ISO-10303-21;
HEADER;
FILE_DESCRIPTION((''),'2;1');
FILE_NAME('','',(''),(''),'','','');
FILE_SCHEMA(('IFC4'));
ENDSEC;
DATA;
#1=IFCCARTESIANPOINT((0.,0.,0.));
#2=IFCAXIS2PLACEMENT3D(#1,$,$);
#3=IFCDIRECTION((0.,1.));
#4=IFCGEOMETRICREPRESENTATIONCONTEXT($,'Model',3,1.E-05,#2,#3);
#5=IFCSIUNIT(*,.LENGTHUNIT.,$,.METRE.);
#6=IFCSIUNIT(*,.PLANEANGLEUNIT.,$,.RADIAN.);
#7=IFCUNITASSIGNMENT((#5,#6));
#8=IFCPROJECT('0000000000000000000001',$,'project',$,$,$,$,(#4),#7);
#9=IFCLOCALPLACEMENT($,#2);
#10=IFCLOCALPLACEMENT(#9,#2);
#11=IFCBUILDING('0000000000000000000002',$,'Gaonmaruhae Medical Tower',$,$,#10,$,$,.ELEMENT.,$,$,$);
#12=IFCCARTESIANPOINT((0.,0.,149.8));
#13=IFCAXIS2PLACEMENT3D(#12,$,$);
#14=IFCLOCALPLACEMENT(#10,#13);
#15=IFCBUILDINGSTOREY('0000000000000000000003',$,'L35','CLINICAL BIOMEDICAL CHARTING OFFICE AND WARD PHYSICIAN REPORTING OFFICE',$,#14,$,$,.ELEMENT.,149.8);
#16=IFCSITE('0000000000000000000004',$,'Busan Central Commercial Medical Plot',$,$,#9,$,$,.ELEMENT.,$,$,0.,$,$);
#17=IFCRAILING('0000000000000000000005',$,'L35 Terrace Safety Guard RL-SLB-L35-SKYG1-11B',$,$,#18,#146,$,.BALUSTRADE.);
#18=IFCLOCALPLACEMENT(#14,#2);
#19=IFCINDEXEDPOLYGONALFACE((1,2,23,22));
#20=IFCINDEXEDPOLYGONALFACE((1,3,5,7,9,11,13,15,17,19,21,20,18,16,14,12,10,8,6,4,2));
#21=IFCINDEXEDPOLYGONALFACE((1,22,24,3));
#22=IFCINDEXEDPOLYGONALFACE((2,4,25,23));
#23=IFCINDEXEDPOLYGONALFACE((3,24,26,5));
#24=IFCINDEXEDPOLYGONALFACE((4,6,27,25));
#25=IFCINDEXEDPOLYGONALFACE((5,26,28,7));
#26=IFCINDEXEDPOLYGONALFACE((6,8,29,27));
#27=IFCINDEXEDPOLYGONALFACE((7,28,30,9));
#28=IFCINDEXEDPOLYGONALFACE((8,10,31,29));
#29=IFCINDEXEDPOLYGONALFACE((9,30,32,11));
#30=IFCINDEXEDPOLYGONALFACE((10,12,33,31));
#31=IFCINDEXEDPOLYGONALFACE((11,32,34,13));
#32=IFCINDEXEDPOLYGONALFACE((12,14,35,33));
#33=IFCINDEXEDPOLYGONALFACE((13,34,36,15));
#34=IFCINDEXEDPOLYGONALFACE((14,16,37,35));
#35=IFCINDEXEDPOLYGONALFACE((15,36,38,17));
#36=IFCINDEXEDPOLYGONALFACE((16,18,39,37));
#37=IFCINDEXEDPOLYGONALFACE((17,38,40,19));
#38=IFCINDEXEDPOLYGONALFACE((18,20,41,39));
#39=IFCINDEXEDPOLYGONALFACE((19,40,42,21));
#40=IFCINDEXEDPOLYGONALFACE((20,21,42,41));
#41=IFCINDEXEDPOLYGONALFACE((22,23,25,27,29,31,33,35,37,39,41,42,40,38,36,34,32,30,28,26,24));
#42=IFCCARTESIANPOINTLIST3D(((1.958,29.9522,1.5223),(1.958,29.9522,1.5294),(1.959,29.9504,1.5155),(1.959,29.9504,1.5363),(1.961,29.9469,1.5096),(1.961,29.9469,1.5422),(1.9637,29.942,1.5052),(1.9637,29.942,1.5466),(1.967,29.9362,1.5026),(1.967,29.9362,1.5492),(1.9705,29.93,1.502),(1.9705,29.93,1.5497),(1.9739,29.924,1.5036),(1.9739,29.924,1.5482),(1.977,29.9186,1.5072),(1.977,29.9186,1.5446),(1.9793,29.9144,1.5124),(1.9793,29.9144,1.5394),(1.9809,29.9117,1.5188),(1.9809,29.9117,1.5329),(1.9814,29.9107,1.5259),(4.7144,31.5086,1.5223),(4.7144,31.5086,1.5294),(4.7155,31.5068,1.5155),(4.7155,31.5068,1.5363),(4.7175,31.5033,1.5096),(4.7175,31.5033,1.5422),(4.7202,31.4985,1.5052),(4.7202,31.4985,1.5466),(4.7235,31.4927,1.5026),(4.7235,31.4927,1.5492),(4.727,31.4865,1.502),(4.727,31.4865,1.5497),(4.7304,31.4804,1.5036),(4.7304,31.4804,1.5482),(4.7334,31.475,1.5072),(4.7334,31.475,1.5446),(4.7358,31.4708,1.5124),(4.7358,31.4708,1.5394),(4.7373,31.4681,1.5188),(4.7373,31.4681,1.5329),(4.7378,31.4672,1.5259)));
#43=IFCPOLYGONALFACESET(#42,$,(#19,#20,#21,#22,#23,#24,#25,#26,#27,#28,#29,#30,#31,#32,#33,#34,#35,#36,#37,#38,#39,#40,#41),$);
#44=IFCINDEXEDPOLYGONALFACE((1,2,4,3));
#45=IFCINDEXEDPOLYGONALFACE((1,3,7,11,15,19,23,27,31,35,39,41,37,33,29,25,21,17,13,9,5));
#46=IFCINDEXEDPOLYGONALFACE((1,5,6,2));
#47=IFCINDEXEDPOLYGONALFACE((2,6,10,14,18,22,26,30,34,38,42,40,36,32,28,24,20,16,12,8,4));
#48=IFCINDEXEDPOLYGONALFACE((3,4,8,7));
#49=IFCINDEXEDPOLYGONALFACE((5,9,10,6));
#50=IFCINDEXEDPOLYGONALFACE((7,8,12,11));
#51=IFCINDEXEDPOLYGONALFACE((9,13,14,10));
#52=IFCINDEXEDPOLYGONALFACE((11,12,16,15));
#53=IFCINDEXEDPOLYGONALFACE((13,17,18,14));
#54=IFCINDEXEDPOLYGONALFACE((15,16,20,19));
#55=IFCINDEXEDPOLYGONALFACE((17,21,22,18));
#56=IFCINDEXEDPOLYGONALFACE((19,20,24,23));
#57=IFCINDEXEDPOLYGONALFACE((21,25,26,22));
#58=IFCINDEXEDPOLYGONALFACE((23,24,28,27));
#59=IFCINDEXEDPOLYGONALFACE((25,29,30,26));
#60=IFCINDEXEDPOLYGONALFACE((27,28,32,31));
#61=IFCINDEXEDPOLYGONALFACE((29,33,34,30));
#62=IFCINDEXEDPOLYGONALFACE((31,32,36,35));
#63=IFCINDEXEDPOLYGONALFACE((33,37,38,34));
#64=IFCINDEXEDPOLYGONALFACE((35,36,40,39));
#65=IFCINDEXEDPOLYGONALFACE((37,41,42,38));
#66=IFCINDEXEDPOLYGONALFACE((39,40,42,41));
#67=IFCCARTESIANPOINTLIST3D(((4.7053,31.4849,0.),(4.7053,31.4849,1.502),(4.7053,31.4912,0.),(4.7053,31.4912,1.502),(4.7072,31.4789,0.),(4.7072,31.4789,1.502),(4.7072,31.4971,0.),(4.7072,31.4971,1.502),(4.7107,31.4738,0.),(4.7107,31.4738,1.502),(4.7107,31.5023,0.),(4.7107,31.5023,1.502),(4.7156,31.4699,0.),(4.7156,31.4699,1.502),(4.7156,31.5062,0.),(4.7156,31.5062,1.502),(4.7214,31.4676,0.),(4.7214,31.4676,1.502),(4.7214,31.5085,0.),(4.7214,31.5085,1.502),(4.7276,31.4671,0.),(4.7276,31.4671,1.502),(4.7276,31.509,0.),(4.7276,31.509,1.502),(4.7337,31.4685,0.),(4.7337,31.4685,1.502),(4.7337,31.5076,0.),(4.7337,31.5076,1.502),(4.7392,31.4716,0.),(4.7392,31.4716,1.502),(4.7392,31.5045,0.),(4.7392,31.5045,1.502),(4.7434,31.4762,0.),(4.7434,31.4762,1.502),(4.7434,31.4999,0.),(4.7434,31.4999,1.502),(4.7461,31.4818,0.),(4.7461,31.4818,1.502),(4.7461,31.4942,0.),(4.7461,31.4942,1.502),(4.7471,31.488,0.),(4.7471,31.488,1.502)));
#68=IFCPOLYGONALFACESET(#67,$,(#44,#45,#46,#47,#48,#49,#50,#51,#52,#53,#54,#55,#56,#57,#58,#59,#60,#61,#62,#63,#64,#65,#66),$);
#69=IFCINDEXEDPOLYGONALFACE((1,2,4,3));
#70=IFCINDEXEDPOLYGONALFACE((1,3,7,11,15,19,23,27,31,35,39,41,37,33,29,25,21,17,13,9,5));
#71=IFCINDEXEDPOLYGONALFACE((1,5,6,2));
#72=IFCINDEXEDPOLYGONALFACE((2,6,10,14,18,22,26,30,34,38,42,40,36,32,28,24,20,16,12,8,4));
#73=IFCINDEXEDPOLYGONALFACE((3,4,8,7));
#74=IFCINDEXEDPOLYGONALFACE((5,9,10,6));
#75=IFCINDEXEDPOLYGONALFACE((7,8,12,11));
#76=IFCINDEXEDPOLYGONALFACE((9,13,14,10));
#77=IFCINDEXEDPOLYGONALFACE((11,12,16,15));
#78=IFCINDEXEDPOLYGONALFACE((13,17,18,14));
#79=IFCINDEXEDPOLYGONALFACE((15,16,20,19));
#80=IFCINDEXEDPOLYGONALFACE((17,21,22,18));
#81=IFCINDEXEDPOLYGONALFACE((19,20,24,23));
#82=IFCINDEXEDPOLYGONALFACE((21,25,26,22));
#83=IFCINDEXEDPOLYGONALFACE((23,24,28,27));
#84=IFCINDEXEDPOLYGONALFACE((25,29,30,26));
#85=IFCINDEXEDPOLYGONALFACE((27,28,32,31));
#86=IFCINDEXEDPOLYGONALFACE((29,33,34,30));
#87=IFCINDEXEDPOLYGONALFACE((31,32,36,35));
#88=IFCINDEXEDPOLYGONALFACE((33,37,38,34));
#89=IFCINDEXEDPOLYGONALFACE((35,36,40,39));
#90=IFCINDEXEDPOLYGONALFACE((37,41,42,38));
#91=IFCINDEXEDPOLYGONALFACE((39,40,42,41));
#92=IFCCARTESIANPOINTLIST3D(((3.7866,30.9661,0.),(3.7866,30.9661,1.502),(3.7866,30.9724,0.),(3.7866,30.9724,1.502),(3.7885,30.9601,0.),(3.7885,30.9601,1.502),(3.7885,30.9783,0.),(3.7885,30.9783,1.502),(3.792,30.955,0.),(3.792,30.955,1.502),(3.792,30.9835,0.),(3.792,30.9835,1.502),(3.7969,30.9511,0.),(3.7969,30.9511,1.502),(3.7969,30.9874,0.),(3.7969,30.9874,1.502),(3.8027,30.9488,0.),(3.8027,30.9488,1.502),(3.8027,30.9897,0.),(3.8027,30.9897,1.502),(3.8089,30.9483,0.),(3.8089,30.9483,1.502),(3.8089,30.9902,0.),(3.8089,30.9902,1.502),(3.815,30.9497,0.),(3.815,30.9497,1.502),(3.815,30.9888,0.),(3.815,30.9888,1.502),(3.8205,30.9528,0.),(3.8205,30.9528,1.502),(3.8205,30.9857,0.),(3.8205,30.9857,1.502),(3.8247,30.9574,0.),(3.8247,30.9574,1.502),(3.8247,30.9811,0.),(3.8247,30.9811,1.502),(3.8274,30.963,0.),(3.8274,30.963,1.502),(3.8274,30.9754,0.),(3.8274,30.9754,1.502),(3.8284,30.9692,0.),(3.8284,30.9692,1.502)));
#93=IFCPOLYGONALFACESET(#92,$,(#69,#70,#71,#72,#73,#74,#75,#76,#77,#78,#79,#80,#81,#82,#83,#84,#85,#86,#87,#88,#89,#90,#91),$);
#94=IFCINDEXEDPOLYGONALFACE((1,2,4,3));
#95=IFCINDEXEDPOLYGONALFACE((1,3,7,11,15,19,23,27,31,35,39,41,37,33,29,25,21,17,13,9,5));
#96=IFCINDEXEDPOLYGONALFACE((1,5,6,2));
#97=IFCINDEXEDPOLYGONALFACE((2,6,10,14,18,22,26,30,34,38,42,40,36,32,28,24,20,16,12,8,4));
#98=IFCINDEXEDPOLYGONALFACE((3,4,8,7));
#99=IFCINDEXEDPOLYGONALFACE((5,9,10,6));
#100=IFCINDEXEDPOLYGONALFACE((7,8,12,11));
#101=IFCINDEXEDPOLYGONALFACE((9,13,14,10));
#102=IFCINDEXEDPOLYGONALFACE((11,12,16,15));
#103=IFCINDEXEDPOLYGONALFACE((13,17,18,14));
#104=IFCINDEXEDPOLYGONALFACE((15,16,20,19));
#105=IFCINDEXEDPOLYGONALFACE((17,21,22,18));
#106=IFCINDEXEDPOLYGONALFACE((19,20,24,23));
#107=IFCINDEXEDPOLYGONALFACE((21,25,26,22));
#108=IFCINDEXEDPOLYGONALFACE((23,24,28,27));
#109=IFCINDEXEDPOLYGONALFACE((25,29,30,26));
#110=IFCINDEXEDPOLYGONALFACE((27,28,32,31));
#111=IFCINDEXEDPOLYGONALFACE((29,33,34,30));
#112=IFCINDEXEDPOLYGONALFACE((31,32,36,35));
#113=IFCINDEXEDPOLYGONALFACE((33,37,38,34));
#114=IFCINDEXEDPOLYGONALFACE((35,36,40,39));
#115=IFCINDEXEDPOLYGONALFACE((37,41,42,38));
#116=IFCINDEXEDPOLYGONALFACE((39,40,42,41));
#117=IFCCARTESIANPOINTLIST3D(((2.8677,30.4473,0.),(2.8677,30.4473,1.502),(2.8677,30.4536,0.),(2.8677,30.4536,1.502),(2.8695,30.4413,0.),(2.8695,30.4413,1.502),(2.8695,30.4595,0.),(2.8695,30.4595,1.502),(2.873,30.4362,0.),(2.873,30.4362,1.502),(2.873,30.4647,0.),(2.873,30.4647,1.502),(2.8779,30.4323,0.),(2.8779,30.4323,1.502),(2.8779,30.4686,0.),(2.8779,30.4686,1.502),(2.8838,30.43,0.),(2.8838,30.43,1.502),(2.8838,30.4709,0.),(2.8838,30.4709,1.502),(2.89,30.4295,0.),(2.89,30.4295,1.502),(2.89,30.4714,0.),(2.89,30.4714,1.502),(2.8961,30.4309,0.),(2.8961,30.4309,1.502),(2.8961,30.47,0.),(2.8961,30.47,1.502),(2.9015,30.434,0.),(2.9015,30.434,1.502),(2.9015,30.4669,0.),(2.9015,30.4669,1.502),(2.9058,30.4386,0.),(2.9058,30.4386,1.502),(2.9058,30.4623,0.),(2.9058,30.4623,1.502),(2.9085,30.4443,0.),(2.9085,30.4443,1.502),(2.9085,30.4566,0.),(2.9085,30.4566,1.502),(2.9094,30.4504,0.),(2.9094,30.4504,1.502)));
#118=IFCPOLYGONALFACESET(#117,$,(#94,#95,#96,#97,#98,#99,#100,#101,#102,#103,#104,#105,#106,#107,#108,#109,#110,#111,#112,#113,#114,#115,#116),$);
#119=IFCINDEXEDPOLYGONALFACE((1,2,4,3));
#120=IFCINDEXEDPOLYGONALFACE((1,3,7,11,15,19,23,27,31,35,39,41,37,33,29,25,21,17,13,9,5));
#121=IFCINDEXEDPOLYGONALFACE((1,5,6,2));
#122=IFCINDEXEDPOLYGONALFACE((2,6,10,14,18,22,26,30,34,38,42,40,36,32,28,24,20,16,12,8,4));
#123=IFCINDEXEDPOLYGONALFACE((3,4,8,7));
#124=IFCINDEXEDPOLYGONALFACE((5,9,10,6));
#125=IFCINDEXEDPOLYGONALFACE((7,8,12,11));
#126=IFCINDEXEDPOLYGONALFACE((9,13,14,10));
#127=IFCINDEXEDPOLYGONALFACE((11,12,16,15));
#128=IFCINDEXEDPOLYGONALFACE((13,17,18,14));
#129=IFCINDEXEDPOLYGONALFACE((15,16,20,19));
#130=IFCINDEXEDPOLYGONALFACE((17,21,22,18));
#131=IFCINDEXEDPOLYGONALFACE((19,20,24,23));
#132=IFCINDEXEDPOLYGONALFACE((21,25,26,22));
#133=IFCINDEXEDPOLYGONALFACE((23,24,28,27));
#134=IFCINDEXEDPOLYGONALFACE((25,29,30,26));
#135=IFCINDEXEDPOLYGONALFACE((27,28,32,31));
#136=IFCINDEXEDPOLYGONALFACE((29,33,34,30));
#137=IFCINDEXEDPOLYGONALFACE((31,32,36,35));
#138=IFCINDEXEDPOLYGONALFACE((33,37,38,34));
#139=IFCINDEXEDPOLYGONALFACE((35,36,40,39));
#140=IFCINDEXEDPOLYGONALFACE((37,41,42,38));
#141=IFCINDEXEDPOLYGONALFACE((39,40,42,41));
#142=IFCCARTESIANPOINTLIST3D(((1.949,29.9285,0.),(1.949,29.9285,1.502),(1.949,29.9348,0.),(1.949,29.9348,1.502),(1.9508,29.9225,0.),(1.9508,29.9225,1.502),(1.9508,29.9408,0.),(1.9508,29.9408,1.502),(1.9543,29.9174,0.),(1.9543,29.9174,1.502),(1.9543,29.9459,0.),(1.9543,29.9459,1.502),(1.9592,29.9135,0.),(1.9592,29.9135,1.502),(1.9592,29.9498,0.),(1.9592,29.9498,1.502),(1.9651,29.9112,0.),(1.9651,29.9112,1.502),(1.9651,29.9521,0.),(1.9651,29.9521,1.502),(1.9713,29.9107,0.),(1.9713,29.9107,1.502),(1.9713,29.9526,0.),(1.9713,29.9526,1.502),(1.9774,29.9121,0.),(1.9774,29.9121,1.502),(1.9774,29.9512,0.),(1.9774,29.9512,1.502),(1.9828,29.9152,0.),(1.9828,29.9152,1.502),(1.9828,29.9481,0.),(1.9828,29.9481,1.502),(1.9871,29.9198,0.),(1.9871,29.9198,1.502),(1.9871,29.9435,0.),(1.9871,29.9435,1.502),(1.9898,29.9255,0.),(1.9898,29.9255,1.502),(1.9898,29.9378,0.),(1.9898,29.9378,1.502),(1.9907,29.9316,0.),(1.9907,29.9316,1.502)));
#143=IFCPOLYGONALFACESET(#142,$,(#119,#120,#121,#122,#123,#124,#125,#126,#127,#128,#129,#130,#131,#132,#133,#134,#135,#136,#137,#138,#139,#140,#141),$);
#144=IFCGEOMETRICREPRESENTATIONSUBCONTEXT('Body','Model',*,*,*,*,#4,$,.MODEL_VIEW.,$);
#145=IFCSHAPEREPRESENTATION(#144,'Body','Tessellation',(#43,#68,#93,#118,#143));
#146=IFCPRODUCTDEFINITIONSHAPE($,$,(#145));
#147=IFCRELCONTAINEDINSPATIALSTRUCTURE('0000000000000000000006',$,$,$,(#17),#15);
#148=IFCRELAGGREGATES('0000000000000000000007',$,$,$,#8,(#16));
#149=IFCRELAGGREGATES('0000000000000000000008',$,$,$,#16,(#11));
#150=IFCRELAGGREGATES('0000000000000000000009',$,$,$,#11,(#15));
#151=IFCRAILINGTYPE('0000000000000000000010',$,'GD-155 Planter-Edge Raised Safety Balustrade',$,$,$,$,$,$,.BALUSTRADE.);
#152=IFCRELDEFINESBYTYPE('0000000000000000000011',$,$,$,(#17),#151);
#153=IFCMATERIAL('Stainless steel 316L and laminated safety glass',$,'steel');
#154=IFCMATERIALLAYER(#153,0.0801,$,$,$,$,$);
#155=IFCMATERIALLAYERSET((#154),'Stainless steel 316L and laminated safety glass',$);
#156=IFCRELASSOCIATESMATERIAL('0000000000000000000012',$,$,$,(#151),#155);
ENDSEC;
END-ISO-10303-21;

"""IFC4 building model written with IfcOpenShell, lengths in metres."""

from ifc_helpers import new_model, si_unit, direction, frame, origin, origin_2d, place, context, subcontext, project, spatial, circle, extrude, material, layer, layer_set, type_object, element, save


model = new_model("IFC4")

# Units and contexts
model_context = context("Model", 3, precision=1e-05, world=origin(), true_north=direction((0.0, 1.0)))
body_context = subcontext(model_context, "Body", "Model", "MODEL_VIEW")
ifc_project = project(units=[si_unit("LENGTHUNIT", "METRE"), si_unit("PLANEANGLEUNIT", "RADIAN")], contexts=[model_context])

# Site, building, storey
site_placement = place(None, origin())
site = spatial("IfcSite", under=ifc_project, at=site_placement, Name="Busan Central Commercial Medical Plot", CompositionType="ELEMENT", RefElevation=0.0)
building_placement = place(site_placement, origin())
building = spatial("IfcBuilding", under=site, at=building_placement, Name="Gaonmaruhae Medical Tower", CompositionType="ELEMENT")
storey_placement = place(building_placement, frame((0.0, 0.0, 149.8)))
storey = spatial("IfcBuildingStorey", under=building, at=storey_placement, Name="L35", Description="CLINICAL BIOMEDICAL CHARTING OFFICE AND WARD PHYSICIAN REPORTING OFFICE", CompositionType="ELEMENT", Elevation=149.8)

# Railing
ifc_material_1 = material(Name="Stainless steel 316L and laminated safety glass", Category="steel")
ifc_layer_1 = layer(ifc_material_1, 0.0801)
ifc_layer_set_1 = layer_set([ifc_layer_1], Name="Stainless steel 316L and laminated safety glass")
railing_type = type_object("IfcRailingType", Name="GD-155 Planter-Edge Raised Safety Balustrade", PredefinedType="BALUSTRADE", material=ifc_layer_set_1)
railing_1_placement = place(storey_placement, frame((4.7261, 31.488, 0.0)))
element("IfcRailing", 1, at=railing_1_placement, inside=storey, type_object=railing_type, Name="L35 Terrace Safety Guard RL-SLB-L35-SKYG1-11B", PredefinedType="BALUSTRADE", context=body_context, shape_type="SweptSolid", body=[
    extrude(circle(Radius=0.0239, at=origin_2d()), frame((0.0, 0.0, 1.5259), z_axis=(-0.870771, -0.491689, 0.0), x_axis=(0.491689, -0.870771, 0.0)), (0.0, 0.0, 1.0), 3.1655),
    extrude(circle(Radius=0.021, at=origin_2d()), origin(), (0.0, 0.0, 1.0), 1.502),
    extrude(circle(Radius=0.021, at=origin_2d()), frame((-0.9187, -0.5188, 0.0)), (0.0, 0.0, 1.0), 1.502),
    extrude(circle(Radius=0.021, at=origin_2d()), frame((-1.8376, -1.0376, 0.0)), (0.0, 0.0, 1.0), 1.502),
    extrude(circle(Radius=0.021, at=origin_2d()), frame((-2.7563, -1.5564, 0.0)), (0.0, 0.0, 1.0), 1.502),
])

save(model, "model.ifc")
